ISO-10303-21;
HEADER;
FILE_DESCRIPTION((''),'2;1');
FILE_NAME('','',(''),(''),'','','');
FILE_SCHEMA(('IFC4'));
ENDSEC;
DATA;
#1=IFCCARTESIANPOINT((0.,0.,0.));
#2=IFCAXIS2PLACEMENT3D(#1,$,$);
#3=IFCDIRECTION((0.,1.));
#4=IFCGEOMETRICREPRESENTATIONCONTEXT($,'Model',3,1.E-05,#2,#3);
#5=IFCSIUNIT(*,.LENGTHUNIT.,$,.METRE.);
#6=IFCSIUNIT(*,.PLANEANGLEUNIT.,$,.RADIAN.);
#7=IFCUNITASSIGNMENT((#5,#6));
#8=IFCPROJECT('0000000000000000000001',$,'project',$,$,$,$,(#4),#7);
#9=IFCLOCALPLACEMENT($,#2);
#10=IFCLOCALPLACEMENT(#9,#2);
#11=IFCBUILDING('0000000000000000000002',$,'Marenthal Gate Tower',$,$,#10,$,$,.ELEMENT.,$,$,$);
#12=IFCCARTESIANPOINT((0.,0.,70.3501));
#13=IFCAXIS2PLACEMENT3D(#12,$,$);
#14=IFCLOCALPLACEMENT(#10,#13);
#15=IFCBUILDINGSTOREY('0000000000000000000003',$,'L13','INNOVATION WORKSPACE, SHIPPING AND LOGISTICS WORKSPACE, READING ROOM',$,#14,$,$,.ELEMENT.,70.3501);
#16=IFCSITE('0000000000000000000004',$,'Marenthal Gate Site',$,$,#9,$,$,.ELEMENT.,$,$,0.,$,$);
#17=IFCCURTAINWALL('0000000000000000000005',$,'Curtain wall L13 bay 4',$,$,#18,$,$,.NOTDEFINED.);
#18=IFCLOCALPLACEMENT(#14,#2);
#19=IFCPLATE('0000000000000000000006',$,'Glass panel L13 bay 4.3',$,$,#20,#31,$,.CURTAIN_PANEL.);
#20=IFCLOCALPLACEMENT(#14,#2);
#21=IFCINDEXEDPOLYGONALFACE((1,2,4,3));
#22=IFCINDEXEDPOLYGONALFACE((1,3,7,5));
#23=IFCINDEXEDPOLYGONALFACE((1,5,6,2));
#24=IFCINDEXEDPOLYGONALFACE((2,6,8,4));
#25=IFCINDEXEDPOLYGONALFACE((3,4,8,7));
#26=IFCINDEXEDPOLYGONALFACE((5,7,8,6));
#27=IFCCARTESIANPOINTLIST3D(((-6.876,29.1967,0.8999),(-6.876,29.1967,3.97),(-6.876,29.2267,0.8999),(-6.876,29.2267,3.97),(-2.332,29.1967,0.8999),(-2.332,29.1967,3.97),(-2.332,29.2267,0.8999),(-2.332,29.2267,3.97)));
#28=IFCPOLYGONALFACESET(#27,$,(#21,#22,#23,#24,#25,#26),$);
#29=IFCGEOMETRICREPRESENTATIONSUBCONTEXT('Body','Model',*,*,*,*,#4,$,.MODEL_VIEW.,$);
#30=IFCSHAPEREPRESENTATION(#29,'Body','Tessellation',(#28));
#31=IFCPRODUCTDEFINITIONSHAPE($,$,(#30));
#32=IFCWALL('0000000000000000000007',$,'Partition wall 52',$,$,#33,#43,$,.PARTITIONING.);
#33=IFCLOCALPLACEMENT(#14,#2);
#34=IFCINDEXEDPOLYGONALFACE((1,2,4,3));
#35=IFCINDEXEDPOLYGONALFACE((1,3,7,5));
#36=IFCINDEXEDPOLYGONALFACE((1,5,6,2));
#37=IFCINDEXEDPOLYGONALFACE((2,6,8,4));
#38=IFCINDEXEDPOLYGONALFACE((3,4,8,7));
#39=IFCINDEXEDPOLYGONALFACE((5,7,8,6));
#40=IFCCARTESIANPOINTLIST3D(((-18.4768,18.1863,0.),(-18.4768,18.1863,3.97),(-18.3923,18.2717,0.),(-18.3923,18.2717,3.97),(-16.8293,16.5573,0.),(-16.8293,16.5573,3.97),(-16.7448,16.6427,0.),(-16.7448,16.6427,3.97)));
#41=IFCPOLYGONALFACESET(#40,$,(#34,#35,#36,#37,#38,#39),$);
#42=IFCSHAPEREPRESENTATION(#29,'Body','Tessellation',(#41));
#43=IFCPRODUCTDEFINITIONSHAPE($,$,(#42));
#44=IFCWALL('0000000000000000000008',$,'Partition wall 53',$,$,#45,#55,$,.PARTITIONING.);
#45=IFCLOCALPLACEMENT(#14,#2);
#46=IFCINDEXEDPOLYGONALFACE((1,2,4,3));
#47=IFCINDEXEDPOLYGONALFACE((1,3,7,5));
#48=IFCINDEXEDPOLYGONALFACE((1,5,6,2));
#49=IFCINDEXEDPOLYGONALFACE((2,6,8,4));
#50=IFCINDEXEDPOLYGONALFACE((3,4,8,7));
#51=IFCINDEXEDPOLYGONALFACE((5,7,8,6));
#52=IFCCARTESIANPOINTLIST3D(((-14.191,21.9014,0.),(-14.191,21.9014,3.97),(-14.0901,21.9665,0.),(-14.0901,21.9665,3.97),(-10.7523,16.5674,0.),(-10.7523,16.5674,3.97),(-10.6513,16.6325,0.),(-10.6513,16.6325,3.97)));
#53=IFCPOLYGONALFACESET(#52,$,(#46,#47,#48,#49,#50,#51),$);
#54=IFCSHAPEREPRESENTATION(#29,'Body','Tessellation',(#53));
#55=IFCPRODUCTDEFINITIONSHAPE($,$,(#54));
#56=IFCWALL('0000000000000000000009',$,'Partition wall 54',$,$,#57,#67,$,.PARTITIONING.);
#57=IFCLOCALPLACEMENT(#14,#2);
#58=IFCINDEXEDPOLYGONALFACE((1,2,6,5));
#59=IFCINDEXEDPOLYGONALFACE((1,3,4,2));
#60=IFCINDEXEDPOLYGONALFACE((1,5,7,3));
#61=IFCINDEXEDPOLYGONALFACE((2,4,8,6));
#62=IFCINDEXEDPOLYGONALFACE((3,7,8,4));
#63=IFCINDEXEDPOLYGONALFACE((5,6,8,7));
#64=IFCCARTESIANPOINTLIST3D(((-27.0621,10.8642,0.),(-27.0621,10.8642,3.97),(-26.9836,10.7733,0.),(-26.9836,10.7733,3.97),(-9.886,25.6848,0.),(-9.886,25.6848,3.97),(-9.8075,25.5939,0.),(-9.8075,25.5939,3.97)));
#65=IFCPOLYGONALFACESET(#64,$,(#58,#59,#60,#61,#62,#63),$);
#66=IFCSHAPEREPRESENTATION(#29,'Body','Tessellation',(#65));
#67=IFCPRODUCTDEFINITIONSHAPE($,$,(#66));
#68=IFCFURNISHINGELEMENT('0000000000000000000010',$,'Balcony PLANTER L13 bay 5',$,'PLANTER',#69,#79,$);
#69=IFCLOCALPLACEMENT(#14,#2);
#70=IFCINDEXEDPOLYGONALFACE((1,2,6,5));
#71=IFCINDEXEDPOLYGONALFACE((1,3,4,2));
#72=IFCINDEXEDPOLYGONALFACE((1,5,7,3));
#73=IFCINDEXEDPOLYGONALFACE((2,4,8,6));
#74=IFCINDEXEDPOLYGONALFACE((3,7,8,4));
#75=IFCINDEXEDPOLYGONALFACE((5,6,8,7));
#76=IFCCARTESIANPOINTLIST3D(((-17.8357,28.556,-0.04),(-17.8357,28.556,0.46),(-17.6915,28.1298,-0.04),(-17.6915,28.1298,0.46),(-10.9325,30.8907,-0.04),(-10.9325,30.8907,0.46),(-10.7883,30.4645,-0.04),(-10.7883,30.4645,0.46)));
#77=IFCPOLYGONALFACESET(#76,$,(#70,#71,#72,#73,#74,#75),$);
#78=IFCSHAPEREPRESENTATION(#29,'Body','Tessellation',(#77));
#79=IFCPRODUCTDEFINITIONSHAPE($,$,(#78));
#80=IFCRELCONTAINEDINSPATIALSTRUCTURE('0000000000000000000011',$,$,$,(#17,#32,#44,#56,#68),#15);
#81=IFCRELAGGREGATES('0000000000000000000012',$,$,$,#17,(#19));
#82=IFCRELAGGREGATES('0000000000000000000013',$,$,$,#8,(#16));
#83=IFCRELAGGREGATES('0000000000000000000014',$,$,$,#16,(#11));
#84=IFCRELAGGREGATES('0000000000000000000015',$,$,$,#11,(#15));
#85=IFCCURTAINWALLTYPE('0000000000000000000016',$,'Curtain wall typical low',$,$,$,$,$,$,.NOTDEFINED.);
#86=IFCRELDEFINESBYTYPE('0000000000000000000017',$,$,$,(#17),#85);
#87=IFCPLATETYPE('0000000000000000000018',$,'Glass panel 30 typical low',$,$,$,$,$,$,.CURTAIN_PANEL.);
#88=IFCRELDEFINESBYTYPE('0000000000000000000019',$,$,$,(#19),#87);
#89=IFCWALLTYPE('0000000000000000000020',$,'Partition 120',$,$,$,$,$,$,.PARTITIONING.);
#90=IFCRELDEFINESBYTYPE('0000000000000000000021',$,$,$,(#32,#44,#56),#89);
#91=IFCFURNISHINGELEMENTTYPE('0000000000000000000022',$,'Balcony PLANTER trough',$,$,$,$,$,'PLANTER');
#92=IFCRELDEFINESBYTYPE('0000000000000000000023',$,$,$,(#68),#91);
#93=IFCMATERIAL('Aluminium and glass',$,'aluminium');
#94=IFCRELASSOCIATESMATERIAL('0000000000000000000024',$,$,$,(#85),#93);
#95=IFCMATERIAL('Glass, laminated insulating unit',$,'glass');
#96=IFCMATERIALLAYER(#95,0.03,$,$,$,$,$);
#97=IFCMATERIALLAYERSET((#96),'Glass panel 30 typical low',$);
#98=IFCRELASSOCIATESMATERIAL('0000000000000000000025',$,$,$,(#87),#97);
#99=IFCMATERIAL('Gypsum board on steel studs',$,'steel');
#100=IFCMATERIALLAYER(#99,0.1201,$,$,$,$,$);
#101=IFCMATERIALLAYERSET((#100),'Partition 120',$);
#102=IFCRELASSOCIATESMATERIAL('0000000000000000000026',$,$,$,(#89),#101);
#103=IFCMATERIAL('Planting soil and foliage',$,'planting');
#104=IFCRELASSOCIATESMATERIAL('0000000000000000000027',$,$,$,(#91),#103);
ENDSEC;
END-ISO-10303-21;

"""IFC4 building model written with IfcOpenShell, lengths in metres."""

from ifc_helpers import new_model, si_unit, direction, frame, frame_2d, origin, origin_2d, place, context, subcontext, project, spatial, rectangle, extrude, material, layer, layer_set, type_object, element, aggregate, save


model = new_model("IFC4")

# Units and contexts
model_context = context("Model", 3, precision=1e-05, world=origin(), true_north=direction((0.0, 1.0)))
body_context = subcontext(model_context, "Body", "Model", "MODEL_VIEW")
ifc_project = project(units=[si_unit("LENGTHUNIT", "METRE"), si_unit("PLANEANGLEUNIT", "RADIAN")], contexts=[model_context])

# Site, building, storey
site_placement = place(None, origin())
site = spatial("IfcSite", under=ifc_project, at=site_placement, Name="Marenthal Gate Site", CompositionType="ELEMENT", RefElevation=0.0)
building_placement = place(site_placement, origin())
building = spatial("IfcBuilding", under=site, at=building_placement, Name="Marenthal Gate Tower", CompositionType="ELEMENT")
storey_placement = place(building_placement, frame((0.0, 0.0, 70.3501)))
storey = spatial("IfcBuildingStorey", under=building, at=storey_placement, Name="L13", Description="INNOVATION WORKSPACE, SHIPPING AND LOGISTICS WORKSPACE, READING ROOM", CompositionType="ELEMENT", Elevation=70.3501)

# Curtain wall
ifc_material_1 = material(Name="Aluminium and glass", Category="aluminium")
curtain_wall_type = type_object("IfcCurtainWallType", Name="Curtain wall typical low", PredefinedType="NOTDEFINED", material=ifc_material_1)
curtain_wall_placement = place(storey_placement, origin())
curtain_wall = element("IfcCurtainWall", 1, at=curtain_wall_placement, inside=storey, type_object=curtain_wall_type, Name="Curtain wall L13 bay 4", PredefinedType="NOTDEFINED")

# Plate
ifc_material_2 = material(Name="Glass, laminated insulating unit", Category="glass")
ifc_layer_1 = layer(ifc_material_2, 0.03)
ifc_layer_set_1 = layer_set([ifc_layer_1], Name="Glass panel 30 typical low")
plate_type = type_object("IfcPlateType", Name="Glass panel 30 typical low", PredefinedType="CURTAIN_PANEL", material=ifc_layer_set_1)
plate_placement = place(storey_placement, frame((-4.604, 29.2117, 0.8999), z_axis=(0.0, 0.0, 1.0), x_axis=(-1.0, 0.0, 0.0)))
plate = element("IfcPlate", 2, at=plate_placement, type_object=plate_type, Name="Glass panel L13 bay 4.3", PredefinedType="CURTAIN_PANEL", context=body_context, shape_type="SweptSolid", body=[
    extrude(rectangle(XDim=4.5439, YDim=0.03, at=origin_2d()), origin(), (0.0, 0.0, 1.0), 3.0701),
])
aggregate(curtain_wall, [plate])

# Walls
ifc_material_3 = material(Name="Gypsum board on steel studs", Category="steel")
ifc_layer_2 = layer(ifc_material_3, 0.1201)
ifc_layer_set_2 = layer_set([ifc_layer_2], Name="Partition 120")
wall_type_1 = type_object("IfcWallType", Name="Partition 120", PredefinedType="PARTITIONING", material=ifc_layer_set_2)
wall_1_placement = place(storey_placement, frame((-18.4346, 18.229, 0.0), z_axis=(0.0, 0.0, 1.0), x_axis=(0.7111, -0.703091, 0.0)))
element("IfcWall", 3, at=wall_1_placement, inside=storey, type_object=wall_type_1, Name="Partition wall 52", PredefinedType="PARTITIONING", context=body_context, shape_type="SweptSolid", body=[
    extrude(rectangle(XDim=2.3169, YDim=0.1201, at=frame_2d((1.1584, 0.0))), origin(), (0.0, 0.0, 1.0), 3.97),
])
wall_2_placement = place(storey_placement, frame((-14.1406, 21.9341, 0.0), z_axis=(0.0, 0.0, 1.0), x_axis=(0.541842, -0.84048, 0.0)))
element("IfcWall", 4, at=wall_2_placement, inside=storey, type_object=wall_type_1, Name="Partition wall 53", PredefinedType="PARTITIONING", context=body_context, shape_type="SweptSolid", body=[
    extrude(rectangle(XDim=6.3464, YDim=0.1201, at=frame_2d((3.1733, 0.0))), origin(), (0.0, 0.0, 1.0), 3.97),
])
wall_3_placement = place(storey_placement, frame((-9.8467, 25.6394, 0.0), z_axis=(0.0, 0.0, 1.0), x_axis=(-0.757113, -0.653284, 0.0)))
element("IfcWall", 5, at=wall_3_placement, inside=storey, type_object=wall_type_1, Name="Partition wall 54", PredefinedType="PARTITIONING", context=body_context, shape_type="SweptSolid", body=[
    extrude(rectangle(XDim=22.6863, YDim=0.1201, at=frame_2d((11.3433, 0.0))), origin(), (0.0, 0.0, 1.0), 3.97),
])

# Furnishing element
ifc_material_4 = material(Name="Planting soil and foliage", Category="planting")
furnishing_element_type = type_object("IfcFurnishingElementType", Name="Balcony PLANTER trough", ElementType="PLANTER", material=ifc_material_4)
furnishing_placement = place(storey_placement, frame((-14.312, 29.5103, -0.04), z_axis=(0.0, 0.0, 1.0), x_axis=(-0.947289, -0.320381, 0.0)))
element("IfcFurnishingElement", 6, at=furnishing_placement, inside=storey, type_object=furnishing_element_type, Name="Balcony PLANTER L13 bay 5", ObjectType="PLANTER", context=body_context, shape_type="SweptSolid", body=[
    extrude(rectangle(XDim=7.2874, YDim=0.45, at=origin_2d()), origin(), (0.0, 0.0, 1.0), 0.5),
])

save(model, "model.ifc")
